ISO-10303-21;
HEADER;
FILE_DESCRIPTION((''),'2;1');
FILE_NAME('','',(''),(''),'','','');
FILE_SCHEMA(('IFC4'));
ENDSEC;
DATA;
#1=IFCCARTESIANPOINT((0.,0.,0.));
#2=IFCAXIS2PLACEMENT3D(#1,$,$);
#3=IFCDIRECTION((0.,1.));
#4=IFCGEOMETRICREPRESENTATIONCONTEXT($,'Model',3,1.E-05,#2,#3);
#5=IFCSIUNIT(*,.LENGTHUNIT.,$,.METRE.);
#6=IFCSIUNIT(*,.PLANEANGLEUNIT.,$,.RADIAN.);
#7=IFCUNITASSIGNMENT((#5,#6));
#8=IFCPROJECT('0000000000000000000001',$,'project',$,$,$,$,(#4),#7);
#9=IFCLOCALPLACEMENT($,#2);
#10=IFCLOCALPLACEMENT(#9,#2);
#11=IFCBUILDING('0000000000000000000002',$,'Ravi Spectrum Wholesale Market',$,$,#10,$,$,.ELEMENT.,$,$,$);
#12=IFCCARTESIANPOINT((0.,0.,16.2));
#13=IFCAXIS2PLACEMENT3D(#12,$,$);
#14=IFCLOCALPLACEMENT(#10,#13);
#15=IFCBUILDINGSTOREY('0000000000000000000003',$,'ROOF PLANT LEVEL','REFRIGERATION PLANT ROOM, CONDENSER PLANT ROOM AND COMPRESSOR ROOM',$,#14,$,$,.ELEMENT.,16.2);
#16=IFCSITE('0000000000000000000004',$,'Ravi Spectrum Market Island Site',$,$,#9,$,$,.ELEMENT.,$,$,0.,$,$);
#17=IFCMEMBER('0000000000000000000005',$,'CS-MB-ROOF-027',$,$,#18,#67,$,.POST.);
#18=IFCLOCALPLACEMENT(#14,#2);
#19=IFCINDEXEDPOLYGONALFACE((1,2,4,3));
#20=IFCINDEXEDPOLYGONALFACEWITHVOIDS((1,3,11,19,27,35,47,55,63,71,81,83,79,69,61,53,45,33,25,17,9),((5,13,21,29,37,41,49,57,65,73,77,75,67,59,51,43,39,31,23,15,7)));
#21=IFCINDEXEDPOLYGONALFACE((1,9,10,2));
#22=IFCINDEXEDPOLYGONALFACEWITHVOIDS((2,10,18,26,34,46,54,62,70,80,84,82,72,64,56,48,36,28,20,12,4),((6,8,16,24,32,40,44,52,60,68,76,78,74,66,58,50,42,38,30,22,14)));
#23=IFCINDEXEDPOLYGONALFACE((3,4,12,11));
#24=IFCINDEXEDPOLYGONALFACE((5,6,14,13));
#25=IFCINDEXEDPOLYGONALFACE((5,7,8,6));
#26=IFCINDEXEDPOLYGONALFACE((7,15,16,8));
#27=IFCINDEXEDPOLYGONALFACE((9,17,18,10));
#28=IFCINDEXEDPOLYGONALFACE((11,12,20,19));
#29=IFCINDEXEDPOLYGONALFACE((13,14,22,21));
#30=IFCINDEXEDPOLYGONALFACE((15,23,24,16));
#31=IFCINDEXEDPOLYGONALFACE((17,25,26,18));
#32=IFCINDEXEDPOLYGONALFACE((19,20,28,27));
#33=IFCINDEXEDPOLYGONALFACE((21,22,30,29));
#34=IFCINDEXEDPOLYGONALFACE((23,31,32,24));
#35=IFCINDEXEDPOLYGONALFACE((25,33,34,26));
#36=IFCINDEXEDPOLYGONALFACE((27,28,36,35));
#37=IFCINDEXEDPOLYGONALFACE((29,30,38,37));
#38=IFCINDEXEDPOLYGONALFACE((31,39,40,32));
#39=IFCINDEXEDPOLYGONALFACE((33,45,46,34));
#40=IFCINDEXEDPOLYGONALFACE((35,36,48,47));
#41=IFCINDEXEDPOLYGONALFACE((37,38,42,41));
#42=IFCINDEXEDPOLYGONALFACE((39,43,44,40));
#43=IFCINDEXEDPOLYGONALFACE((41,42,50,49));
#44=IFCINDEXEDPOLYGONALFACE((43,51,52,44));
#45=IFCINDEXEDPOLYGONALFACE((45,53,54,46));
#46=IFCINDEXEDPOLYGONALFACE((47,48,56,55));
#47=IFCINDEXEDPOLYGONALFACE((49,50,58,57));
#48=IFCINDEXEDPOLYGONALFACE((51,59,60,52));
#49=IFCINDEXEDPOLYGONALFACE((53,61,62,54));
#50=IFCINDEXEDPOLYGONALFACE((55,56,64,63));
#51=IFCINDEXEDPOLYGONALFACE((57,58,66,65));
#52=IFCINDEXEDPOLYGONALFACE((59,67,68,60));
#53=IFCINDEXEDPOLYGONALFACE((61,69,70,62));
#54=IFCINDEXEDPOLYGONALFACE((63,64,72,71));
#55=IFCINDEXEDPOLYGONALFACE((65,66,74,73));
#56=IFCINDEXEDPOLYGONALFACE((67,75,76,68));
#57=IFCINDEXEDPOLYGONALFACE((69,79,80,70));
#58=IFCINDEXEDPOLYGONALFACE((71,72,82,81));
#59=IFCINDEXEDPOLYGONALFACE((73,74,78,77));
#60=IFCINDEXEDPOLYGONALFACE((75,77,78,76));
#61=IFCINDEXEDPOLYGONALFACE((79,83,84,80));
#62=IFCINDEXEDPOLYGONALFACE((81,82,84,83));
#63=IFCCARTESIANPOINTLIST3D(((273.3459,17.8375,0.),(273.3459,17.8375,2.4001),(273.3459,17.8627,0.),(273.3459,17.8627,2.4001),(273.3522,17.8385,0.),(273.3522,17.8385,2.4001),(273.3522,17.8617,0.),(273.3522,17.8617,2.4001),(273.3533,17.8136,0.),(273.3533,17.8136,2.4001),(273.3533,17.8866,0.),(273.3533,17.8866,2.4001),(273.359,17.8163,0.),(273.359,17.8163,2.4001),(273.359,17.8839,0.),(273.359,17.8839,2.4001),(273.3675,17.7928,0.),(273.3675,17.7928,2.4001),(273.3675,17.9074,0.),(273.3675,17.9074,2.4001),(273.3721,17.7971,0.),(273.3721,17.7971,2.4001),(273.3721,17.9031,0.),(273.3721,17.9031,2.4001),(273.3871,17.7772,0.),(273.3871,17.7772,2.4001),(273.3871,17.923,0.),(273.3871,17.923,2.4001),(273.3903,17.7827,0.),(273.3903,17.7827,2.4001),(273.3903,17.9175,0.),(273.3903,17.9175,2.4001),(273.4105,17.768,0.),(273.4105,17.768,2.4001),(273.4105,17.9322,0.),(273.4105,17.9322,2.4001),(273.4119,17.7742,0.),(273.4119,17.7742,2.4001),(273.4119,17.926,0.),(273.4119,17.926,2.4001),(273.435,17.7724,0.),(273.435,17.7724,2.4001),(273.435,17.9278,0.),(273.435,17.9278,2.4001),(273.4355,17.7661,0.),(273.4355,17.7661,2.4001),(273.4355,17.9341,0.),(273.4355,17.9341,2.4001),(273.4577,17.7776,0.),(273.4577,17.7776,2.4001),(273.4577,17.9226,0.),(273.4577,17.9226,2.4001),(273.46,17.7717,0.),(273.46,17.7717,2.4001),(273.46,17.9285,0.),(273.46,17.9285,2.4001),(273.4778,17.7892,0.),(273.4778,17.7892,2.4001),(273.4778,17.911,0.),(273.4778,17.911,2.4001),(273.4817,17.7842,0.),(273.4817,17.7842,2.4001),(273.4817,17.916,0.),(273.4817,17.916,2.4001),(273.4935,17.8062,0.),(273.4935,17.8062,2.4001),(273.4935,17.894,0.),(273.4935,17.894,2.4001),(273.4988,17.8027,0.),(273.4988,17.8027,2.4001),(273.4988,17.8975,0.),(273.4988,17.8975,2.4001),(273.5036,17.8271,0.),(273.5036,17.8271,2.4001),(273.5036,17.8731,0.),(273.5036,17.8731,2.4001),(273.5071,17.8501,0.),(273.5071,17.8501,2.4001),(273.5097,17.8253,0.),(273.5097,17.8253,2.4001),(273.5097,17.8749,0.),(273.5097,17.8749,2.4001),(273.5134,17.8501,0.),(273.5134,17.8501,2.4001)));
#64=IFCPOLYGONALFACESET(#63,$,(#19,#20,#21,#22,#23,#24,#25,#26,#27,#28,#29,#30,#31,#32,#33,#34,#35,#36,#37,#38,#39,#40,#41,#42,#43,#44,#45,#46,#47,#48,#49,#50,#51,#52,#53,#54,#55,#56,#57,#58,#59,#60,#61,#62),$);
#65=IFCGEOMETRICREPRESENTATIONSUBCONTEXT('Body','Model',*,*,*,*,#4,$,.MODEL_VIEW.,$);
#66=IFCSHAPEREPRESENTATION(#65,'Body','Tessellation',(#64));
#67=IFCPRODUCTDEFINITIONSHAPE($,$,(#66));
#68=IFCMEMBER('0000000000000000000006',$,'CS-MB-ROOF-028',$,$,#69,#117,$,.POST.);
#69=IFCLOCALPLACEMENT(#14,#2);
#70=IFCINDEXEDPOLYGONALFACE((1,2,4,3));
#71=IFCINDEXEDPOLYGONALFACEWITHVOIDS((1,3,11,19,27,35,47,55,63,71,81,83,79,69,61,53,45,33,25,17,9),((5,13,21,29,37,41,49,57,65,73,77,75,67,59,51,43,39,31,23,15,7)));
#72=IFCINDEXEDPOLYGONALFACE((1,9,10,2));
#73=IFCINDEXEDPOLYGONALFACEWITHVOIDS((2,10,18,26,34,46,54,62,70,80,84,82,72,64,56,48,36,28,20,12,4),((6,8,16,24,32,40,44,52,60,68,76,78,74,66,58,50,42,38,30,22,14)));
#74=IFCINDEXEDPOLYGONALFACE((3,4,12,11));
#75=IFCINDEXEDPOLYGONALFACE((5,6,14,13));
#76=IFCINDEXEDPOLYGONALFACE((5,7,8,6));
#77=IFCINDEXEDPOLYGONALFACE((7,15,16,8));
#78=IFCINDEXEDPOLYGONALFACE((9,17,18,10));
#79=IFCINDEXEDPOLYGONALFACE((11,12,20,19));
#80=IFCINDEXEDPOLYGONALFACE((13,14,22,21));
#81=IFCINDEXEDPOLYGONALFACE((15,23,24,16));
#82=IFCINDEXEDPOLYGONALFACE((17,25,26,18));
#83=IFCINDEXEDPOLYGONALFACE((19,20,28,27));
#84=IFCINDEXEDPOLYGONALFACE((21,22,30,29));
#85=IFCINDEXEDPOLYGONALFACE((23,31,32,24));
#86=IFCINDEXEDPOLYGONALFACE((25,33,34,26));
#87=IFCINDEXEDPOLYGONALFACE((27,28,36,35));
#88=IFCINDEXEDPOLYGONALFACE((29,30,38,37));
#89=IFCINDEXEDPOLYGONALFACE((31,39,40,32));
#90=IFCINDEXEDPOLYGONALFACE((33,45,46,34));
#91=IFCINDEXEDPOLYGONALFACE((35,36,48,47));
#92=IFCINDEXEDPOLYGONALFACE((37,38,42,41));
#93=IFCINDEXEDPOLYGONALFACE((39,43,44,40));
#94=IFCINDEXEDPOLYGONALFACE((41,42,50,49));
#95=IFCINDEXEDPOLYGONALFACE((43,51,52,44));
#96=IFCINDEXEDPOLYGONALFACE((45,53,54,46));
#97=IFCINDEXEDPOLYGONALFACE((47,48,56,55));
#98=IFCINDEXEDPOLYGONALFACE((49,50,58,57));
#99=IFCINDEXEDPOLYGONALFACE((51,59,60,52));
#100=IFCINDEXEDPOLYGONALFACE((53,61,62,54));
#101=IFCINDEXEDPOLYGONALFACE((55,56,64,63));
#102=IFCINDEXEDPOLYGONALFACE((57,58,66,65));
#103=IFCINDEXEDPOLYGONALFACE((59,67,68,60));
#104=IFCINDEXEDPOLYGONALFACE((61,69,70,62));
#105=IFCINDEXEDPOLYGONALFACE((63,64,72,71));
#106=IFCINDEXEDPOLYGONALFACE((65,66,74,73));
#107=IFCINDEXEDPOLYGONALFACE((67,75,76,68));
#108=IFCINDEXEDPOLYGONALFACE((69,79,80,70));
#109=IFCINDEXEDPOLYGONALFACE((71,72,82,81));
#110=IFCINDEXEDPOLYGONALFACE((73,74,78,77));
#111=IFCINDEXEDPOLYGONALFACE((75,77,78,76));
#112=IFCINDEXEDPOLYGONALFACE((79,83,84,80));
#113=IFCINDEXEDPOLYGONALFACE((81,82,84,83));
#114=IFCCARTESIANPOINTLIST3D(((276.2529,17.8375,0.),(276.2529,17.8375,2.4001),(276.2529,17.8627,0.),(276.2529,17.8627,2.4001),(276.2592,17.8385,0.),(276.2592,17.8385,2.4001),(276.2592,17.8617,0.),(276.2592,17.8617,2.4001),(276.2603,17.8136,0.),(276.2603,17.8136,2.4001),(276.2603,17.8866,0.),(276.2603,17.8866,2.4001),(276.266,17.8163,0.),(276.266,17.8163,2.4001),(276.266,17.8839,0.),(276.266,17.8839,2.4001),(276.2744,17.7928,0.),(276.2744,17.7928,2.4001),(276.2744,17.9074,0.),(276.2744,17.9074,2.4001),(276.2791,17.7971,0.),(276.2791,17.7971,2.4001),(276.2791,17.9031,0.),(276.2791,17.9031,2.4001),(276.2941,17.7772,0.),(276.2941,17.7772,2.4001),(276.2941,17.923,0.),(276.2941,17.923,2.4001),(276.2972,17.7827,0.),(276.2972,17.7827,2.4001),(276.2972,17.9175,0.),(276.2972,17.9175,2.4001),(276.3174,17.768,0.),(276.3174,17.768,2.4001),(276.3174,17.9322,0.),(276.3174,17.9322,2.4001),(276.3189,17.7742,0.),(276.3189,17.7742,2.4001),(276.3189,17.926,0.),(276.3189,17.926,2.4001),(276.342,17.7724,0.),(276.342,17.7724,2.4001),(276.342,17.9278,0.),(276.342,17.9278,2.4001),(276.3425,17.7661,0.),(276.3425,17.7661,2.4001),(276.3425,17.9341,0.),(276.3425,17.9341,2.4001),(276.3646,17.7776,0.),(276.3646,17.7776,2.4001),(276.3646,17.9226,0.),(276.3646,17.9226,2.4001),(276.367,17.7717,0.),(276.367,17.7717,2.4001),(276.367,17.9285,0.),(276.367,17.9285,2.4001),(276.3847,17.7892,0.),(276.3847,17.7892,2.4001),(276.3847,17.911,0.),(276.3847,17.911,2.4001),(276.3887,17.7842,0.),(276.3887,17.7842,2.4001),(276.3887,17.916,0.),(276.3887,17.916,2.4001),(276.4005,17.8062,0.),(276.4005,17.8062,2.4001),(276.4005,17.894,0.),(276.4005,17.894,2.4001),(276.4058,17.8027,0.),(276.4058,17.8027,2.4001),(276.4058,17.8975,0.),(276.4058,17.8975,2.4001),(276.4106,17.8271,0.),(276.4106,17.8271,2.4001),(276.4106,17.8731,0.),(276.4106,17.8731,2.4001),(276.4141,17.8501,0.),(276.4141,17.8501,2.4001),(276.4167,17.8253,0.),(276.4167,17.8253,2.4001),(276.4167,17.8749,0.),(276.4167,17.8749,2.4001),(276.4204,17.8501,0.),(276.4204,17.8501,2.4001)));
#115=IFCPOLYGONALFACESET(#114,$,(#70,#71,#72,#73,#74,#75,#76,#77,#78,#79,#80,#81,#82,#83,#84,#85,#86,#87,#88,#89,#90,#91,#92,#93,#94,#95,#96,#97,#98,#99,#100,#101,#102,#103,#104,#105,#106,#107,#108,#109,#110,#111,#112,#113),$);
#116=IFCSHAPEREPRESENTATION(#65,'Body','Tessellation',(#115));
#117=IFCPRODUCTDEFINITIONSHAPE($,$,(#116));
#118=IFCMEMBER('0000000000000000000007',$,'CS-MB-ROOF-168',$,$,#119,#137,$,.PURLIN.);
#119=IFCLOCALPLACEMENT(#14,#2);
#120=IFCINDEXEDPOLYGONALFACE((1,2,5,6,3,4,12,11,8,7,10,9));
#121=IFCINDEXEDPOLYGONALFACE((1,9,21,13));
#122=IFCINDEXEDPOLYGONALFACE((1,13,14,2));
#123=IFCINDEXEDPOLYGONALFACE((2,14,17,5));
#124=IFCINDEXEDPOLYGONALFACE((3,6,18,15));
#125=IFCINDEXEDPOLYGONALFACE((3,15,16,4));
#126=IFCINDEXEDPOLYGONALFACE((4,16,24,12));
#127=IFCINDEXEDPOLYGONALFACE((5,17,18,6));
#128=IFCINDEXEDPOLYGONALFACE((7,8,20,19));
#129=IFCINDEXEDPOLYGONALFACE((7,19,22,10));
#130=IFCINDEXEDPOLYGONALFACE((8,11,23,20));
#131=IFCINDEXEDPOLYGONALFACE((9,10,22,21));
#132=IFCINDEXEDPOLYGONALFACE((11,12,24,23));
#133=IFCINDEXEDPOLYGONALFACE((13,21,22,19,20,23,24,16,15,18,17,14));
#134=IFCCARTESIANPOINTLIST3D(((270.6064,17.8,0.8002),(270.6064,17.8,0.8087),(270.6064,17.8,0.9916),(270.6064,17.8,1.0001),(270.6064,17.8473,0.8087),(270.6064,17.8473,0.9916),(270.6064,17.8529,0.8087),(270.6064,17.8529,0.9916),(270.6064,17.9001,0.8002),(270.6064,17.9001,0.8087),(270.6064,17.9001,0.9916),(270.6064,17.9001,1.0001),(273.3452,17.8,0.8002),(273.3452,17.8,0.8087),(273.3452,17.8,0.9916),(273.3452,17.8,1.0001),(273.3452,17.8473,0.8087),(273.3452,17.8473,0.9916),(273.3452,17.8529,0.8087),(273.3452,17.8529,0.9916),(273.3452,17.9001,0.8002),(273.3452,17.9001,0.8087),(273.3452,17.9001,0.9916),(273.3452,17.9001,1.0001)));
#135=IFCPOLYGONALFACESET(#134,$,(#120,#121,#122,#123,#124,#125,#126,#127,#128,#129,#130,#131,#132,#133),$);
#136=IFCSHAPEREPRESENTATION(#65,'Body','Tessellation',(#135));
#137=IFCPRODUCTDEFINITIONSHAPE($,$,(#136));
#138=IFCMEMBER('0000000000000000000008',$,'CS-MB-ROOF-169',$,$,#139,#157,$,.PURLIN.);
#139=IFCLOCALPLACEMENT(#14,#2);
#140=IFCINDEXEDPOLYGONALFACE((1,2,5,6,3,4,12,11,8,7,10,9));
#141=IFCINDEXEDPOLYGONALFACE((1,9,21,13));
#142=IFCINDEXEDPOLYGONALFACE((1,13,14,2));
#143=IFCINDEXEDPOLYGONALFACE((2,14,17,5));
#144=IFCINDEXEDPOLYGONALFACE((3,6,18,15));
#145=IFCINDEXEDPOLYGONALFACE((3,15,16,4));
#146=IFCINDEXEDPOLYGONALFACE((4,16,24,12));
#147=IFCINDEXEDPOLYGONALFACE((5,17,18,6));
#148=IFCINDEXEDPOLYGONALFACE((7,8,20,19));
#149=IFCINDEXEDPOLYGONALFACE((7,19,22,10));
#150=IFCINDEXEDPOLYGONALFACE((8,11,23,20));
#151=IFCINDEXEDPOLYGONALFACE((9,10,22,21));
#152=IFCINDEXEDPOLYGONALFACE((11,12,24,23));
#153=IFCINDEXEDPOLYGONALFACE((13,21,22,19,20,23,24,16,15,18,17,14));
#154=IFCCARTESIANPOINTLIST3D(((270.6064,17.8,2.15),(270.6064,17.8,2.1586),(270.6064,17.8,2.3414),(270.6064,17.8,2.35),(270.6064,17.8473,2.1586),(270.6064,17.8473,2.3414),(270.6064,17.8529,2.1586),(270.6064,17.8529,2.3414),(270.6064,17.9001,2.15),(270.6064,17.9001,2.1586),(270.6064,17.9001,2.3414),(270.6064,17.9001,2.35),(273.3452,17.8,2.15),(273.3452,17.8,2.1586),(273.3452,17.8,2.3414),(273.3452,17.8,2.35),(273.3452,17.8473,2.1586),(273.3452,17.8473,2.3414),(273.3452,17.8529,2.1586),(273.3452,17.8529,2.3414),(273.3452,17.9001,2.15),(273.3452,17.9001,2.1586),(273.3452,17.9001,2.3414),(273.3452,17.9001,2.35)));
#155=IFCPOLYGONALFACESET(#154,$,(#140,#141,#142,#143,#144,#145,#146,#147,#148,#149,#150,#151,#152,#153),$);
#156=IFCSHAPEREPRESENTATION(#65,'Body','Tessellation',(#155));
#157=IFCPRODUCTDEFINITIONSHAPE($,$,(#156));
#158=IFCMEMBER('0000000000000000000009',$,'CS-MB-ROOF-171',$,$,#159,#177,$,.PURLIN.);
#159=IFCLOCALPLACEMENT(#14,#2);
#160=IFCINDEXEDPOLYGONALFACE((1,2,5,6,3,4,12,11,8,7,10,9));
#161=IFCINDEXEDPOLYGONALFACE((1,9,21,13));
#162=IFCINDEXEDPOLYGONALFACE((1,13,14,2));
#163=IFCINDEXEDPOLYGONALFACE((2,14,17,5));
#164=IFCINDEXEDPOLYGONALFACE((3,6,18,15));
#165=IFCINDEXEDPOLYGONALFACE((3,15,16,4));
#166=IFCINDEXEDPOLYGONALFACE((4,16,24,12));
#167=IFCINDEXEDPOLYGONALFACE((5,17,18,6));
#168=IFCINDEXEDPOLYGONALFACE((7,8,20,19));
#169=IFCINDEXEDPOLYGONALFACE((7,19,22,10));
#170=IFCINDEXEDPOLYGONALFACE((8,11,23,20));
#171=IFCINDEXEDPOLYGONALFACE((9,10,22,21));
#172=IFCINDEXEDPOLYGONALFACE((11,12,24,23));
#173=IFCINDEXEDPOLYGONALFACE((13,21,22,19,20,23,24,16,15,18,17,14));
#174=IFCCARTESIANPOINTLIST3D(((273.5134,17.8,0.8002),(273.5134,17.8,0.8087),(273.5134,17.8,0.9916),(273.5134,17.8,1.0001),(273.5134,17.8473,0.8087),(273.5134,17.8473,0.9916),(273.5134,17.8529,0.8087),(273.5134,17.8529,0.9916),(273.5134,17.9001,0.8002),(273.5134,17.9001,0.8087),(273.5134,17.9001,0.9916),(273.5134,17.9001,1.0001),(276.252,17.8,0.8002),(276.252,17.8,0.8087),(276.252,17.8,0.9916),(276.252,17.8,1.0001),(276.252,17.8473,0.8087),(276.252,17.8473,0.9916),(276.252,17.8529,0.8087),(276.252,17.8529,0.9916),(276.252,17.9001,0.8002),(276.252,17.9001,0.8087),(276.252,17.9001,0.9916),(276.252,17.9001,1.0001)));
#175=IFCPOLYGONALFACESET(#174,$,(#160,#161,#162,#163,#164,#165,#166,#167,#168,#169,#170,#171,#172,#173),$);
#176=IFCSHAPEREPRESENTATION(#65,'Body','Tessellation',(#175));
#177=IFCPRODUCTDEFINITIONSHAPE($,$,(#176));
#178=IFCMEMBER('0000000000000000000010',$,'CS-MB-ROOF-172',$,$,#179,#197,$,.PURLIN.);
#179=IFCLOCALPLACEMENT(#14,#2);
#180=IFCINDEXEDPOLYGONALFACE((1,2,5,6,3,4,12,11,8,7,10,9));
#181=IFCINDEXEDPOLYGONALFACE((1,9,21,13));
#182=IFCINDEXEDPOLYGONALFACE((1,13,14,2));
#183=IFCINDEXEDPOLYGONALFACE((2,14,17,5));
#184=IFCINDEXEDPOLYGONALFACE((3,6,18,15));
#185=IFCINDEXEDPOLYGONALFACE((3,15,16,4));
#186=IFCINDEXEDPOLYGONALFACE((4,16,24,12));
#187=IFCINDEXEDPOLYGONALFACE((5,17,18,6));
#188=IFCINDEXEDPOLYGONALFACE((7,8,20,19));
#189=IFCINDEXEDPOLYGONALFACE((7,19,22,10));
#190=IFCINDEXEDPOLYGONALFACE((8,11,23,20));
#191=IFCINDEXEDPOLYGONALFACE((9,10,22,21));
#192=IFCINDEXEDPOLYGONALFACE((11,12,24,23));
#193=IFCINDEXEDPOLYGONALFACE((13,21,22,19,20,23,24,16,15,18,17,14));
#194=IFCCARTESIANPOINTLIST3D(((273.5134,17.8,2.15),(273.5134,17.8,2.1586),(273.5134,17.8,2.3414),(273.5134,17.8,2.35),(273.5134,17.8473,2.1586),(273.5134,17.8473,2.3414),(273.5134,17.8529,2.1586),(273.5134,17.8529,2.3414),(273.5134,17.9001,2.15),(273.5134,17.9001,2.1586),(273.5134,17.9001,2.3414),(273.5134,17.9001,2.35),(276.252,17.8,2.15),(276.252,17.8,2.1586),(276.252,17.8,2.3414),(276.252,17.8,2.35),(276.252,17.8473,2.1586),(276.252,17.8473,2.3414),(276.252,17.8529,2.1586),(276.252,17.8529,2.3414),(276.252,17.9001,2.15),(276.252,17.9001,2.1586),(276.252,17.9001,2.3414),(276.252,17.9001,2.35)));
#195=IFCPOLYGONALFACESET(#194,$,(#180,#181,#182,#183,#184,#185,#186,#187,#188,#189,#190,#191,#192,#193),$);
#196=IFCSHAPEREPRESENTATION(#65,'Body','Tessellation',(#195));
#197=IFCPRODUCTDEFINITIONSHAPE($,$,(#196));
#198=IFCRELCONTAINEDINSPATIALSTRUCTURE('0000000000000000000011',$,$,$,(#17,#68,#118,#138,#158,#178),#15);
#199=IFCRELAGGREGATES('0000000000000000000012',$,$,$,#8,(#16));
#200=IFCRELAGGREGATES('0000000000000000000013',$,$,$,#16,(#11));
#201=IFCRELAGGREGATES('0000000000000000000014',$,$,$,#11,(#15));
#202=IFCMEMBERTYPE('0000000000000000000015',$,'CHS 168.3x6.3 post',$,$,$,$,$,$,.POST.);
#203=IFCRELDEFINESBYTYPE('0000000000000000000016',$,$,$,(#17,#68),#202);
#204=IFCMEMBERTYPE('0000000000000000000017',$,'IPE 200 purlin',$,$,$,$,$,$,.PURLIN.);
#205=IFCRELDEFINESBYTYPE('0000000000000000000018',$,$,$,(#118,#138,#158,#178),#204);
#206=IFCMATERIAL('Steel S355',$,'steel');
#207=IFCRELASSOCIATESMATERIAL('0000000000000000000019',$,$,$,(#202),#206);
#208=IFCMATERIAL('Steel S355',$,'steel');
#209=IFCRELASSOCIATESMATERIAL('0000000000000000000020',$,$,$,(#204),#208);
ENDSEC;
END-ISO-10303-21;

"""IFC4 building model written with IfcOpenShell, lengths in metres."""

from ifc_helpers import new_model, si_unit, direction, frame, origin, origin_2d, place, context, subcontext, project, spatial, hollow_circle, i_section, extrude, material, material_profile, profile_set, type_object, element, save


model = new_model("IFC4")

# Units and contexts
model_context = context("Model", 3, precision=1e-05, world=origin(), true_north=direction((0.0, 1.0)))
body_context = subcontext(model_context, "Body", "Model", "MODEL_VIEW")
ifc_project = project(units=[si_unit("LENGTHUNIT", "METRE"), si_unit("PLANEANGLEUNIT", "RADIAN")], contexts=[model_context])

# Site, building, storey
site_placement = place(None, origin())
site = spatial("IfcSite", under=ifc_project, at=site_placement, Name="Ravi Spectrum Market Island Site", CompositionType="ELEMENT", RefElevation=0.0)
building_placement = place(site_placement, origin())
building = spatial("IfcBuilding", under=site, at=building_placement, Name="Ravi Spectrum Wholesale Market", CompositionType="ELEMENT")
storey_placement = place(building_placement, frame((0.0, 0.0, 16.2)))
storey = spatial("IfcBuildingStorey", under=building, at=storey_placement, Name="ROOF PLANT LEVEL", Description="REFRIGERATION PLANT ROOM, CONDENSER PLANT ROOM AND COMPRESSOR ROOM", CompositionType="ELEMENT", Elevation=16.2)

# Members
ifc_material_1 = material(Name="Steel S355", Category="steel")
ifc_material_profile_1 = material_profile(ifc_material_1, hollow_circle(Radius=0.0842, WallThickness=0.0063, at=origin_2d()))
ifc_profile_set_1 = profile_set([ifc_material_profile_1], Name="Steel S355")
member_type_1 = type_object("IfcMemberType", Name="CHS 168.3x6.3 post", PredefinedType="POST", material=ifc_profile_set_1)
for number, where, z_axis, x_axis, name in (
    (1, (273.4292, 17.8501, 0.0), (0.0, 0.0, 1.0), (1.0, 0.0, 0.0), "CS-MB-ROOF-027"),
    (2, (276.3362, 17.8501, 0.0), (0.0, 0.0, 1.0), (1.0, 0.0, 0.0), "CS-MB-ROOF-028"),
):
    element("IfcMember", number, at=place(storey_placement, frame(where, z_axis=z_axis, x_axis=x_axis)), inside=storey, type_object=member_type_1, Name=name, PredefinedType="POST", context=body_context, shape_type="SweptSolid", body=[
        extrude(hollow_circle(Radius=0.0842, WallThickness=0.0063, at=origin_2d()), origin(), (0.0, 0.0, 1.0), 2.4001),
    ])
ifc_material_2 = material(Name="Steel S355", Category="steel")
ifc_material_profile_2 = material_profile(ifc_material_2, i_section(OverallWidth=0.1001, OverallDepth=0.2, WebThickness=0.0056, FlangeThickness=0.0085, at=origin_2d()))
ifc_profile_set_2 = profile_set([ifc_material_profile_2], Name="Steel S355")
member_type_2 = type_object("IfcMemberType", Name="IPE 200 purlin", PredefinedType="PURLIN", material=ifc_profile_set_2)
for number, where, z_axis, x_axis, name in (
    (3, (270.6064, 17.8501, 0.9001), (1.0, 0.0, 0.0), (0.0, 1.0, 0.0), "CS-MB-ROOF-168"),
    (4, (270.6064, 17.8501, 2.25), (1.0, 0.0, 0.0), (0.0, 1.0, 0.0), "CS-MB-ROOF-169"),
):
    element("IfcMember", number, at=place(storey_placement, frame(where, z_axis=z_axis, x_axis=x_axis)), inside=storey, type_object=member_type_2, Name=name, PredefinedType="PURLIN", context=body_context, shape_type="SweptSolid", body=[
        extrude(i_section(OverallWidth=0.1001, OverallDepth=0.2, WebThickness=0.0056, FlangeThickness=0.0085, at=origin_2d()), origin(), (0.0, 0.0, 1.0), 2.7388),
    ])
for number, where, z_axis, x_axis, name in (
    (5, (273.5134, 17.8501, 0.9001), (1.0, 0.0, 0.0), (0.0, 1.0, 0.0), "CS-MB-ROOF-171"),
    (6, (273.5134, 17.8501, 2.25), (1.0, 0.0, 0.0), (0.0, 1.0, 0.0), "CS-MB-ROOF-172"),
):
    element("IfcMember", number, at=place(storey_placement, frame(where, z_axis=z_axis, x_axis=x_axis)), inside=storey, type_object=member_type_2, Name=name, PredefinedType="PURLIN", context=body_context, shape_type="SweptSolid", body=[
        extrude(i_section(OverallWidth=0.1001, OverallDepth=0.2, WebThickness=0.0056, FlangeThickness=0.0085, at=origin_2d()), origin(), (0.0, 0.0, 1.0), 2.7385),
    ])

save(model, "model.ifc")
